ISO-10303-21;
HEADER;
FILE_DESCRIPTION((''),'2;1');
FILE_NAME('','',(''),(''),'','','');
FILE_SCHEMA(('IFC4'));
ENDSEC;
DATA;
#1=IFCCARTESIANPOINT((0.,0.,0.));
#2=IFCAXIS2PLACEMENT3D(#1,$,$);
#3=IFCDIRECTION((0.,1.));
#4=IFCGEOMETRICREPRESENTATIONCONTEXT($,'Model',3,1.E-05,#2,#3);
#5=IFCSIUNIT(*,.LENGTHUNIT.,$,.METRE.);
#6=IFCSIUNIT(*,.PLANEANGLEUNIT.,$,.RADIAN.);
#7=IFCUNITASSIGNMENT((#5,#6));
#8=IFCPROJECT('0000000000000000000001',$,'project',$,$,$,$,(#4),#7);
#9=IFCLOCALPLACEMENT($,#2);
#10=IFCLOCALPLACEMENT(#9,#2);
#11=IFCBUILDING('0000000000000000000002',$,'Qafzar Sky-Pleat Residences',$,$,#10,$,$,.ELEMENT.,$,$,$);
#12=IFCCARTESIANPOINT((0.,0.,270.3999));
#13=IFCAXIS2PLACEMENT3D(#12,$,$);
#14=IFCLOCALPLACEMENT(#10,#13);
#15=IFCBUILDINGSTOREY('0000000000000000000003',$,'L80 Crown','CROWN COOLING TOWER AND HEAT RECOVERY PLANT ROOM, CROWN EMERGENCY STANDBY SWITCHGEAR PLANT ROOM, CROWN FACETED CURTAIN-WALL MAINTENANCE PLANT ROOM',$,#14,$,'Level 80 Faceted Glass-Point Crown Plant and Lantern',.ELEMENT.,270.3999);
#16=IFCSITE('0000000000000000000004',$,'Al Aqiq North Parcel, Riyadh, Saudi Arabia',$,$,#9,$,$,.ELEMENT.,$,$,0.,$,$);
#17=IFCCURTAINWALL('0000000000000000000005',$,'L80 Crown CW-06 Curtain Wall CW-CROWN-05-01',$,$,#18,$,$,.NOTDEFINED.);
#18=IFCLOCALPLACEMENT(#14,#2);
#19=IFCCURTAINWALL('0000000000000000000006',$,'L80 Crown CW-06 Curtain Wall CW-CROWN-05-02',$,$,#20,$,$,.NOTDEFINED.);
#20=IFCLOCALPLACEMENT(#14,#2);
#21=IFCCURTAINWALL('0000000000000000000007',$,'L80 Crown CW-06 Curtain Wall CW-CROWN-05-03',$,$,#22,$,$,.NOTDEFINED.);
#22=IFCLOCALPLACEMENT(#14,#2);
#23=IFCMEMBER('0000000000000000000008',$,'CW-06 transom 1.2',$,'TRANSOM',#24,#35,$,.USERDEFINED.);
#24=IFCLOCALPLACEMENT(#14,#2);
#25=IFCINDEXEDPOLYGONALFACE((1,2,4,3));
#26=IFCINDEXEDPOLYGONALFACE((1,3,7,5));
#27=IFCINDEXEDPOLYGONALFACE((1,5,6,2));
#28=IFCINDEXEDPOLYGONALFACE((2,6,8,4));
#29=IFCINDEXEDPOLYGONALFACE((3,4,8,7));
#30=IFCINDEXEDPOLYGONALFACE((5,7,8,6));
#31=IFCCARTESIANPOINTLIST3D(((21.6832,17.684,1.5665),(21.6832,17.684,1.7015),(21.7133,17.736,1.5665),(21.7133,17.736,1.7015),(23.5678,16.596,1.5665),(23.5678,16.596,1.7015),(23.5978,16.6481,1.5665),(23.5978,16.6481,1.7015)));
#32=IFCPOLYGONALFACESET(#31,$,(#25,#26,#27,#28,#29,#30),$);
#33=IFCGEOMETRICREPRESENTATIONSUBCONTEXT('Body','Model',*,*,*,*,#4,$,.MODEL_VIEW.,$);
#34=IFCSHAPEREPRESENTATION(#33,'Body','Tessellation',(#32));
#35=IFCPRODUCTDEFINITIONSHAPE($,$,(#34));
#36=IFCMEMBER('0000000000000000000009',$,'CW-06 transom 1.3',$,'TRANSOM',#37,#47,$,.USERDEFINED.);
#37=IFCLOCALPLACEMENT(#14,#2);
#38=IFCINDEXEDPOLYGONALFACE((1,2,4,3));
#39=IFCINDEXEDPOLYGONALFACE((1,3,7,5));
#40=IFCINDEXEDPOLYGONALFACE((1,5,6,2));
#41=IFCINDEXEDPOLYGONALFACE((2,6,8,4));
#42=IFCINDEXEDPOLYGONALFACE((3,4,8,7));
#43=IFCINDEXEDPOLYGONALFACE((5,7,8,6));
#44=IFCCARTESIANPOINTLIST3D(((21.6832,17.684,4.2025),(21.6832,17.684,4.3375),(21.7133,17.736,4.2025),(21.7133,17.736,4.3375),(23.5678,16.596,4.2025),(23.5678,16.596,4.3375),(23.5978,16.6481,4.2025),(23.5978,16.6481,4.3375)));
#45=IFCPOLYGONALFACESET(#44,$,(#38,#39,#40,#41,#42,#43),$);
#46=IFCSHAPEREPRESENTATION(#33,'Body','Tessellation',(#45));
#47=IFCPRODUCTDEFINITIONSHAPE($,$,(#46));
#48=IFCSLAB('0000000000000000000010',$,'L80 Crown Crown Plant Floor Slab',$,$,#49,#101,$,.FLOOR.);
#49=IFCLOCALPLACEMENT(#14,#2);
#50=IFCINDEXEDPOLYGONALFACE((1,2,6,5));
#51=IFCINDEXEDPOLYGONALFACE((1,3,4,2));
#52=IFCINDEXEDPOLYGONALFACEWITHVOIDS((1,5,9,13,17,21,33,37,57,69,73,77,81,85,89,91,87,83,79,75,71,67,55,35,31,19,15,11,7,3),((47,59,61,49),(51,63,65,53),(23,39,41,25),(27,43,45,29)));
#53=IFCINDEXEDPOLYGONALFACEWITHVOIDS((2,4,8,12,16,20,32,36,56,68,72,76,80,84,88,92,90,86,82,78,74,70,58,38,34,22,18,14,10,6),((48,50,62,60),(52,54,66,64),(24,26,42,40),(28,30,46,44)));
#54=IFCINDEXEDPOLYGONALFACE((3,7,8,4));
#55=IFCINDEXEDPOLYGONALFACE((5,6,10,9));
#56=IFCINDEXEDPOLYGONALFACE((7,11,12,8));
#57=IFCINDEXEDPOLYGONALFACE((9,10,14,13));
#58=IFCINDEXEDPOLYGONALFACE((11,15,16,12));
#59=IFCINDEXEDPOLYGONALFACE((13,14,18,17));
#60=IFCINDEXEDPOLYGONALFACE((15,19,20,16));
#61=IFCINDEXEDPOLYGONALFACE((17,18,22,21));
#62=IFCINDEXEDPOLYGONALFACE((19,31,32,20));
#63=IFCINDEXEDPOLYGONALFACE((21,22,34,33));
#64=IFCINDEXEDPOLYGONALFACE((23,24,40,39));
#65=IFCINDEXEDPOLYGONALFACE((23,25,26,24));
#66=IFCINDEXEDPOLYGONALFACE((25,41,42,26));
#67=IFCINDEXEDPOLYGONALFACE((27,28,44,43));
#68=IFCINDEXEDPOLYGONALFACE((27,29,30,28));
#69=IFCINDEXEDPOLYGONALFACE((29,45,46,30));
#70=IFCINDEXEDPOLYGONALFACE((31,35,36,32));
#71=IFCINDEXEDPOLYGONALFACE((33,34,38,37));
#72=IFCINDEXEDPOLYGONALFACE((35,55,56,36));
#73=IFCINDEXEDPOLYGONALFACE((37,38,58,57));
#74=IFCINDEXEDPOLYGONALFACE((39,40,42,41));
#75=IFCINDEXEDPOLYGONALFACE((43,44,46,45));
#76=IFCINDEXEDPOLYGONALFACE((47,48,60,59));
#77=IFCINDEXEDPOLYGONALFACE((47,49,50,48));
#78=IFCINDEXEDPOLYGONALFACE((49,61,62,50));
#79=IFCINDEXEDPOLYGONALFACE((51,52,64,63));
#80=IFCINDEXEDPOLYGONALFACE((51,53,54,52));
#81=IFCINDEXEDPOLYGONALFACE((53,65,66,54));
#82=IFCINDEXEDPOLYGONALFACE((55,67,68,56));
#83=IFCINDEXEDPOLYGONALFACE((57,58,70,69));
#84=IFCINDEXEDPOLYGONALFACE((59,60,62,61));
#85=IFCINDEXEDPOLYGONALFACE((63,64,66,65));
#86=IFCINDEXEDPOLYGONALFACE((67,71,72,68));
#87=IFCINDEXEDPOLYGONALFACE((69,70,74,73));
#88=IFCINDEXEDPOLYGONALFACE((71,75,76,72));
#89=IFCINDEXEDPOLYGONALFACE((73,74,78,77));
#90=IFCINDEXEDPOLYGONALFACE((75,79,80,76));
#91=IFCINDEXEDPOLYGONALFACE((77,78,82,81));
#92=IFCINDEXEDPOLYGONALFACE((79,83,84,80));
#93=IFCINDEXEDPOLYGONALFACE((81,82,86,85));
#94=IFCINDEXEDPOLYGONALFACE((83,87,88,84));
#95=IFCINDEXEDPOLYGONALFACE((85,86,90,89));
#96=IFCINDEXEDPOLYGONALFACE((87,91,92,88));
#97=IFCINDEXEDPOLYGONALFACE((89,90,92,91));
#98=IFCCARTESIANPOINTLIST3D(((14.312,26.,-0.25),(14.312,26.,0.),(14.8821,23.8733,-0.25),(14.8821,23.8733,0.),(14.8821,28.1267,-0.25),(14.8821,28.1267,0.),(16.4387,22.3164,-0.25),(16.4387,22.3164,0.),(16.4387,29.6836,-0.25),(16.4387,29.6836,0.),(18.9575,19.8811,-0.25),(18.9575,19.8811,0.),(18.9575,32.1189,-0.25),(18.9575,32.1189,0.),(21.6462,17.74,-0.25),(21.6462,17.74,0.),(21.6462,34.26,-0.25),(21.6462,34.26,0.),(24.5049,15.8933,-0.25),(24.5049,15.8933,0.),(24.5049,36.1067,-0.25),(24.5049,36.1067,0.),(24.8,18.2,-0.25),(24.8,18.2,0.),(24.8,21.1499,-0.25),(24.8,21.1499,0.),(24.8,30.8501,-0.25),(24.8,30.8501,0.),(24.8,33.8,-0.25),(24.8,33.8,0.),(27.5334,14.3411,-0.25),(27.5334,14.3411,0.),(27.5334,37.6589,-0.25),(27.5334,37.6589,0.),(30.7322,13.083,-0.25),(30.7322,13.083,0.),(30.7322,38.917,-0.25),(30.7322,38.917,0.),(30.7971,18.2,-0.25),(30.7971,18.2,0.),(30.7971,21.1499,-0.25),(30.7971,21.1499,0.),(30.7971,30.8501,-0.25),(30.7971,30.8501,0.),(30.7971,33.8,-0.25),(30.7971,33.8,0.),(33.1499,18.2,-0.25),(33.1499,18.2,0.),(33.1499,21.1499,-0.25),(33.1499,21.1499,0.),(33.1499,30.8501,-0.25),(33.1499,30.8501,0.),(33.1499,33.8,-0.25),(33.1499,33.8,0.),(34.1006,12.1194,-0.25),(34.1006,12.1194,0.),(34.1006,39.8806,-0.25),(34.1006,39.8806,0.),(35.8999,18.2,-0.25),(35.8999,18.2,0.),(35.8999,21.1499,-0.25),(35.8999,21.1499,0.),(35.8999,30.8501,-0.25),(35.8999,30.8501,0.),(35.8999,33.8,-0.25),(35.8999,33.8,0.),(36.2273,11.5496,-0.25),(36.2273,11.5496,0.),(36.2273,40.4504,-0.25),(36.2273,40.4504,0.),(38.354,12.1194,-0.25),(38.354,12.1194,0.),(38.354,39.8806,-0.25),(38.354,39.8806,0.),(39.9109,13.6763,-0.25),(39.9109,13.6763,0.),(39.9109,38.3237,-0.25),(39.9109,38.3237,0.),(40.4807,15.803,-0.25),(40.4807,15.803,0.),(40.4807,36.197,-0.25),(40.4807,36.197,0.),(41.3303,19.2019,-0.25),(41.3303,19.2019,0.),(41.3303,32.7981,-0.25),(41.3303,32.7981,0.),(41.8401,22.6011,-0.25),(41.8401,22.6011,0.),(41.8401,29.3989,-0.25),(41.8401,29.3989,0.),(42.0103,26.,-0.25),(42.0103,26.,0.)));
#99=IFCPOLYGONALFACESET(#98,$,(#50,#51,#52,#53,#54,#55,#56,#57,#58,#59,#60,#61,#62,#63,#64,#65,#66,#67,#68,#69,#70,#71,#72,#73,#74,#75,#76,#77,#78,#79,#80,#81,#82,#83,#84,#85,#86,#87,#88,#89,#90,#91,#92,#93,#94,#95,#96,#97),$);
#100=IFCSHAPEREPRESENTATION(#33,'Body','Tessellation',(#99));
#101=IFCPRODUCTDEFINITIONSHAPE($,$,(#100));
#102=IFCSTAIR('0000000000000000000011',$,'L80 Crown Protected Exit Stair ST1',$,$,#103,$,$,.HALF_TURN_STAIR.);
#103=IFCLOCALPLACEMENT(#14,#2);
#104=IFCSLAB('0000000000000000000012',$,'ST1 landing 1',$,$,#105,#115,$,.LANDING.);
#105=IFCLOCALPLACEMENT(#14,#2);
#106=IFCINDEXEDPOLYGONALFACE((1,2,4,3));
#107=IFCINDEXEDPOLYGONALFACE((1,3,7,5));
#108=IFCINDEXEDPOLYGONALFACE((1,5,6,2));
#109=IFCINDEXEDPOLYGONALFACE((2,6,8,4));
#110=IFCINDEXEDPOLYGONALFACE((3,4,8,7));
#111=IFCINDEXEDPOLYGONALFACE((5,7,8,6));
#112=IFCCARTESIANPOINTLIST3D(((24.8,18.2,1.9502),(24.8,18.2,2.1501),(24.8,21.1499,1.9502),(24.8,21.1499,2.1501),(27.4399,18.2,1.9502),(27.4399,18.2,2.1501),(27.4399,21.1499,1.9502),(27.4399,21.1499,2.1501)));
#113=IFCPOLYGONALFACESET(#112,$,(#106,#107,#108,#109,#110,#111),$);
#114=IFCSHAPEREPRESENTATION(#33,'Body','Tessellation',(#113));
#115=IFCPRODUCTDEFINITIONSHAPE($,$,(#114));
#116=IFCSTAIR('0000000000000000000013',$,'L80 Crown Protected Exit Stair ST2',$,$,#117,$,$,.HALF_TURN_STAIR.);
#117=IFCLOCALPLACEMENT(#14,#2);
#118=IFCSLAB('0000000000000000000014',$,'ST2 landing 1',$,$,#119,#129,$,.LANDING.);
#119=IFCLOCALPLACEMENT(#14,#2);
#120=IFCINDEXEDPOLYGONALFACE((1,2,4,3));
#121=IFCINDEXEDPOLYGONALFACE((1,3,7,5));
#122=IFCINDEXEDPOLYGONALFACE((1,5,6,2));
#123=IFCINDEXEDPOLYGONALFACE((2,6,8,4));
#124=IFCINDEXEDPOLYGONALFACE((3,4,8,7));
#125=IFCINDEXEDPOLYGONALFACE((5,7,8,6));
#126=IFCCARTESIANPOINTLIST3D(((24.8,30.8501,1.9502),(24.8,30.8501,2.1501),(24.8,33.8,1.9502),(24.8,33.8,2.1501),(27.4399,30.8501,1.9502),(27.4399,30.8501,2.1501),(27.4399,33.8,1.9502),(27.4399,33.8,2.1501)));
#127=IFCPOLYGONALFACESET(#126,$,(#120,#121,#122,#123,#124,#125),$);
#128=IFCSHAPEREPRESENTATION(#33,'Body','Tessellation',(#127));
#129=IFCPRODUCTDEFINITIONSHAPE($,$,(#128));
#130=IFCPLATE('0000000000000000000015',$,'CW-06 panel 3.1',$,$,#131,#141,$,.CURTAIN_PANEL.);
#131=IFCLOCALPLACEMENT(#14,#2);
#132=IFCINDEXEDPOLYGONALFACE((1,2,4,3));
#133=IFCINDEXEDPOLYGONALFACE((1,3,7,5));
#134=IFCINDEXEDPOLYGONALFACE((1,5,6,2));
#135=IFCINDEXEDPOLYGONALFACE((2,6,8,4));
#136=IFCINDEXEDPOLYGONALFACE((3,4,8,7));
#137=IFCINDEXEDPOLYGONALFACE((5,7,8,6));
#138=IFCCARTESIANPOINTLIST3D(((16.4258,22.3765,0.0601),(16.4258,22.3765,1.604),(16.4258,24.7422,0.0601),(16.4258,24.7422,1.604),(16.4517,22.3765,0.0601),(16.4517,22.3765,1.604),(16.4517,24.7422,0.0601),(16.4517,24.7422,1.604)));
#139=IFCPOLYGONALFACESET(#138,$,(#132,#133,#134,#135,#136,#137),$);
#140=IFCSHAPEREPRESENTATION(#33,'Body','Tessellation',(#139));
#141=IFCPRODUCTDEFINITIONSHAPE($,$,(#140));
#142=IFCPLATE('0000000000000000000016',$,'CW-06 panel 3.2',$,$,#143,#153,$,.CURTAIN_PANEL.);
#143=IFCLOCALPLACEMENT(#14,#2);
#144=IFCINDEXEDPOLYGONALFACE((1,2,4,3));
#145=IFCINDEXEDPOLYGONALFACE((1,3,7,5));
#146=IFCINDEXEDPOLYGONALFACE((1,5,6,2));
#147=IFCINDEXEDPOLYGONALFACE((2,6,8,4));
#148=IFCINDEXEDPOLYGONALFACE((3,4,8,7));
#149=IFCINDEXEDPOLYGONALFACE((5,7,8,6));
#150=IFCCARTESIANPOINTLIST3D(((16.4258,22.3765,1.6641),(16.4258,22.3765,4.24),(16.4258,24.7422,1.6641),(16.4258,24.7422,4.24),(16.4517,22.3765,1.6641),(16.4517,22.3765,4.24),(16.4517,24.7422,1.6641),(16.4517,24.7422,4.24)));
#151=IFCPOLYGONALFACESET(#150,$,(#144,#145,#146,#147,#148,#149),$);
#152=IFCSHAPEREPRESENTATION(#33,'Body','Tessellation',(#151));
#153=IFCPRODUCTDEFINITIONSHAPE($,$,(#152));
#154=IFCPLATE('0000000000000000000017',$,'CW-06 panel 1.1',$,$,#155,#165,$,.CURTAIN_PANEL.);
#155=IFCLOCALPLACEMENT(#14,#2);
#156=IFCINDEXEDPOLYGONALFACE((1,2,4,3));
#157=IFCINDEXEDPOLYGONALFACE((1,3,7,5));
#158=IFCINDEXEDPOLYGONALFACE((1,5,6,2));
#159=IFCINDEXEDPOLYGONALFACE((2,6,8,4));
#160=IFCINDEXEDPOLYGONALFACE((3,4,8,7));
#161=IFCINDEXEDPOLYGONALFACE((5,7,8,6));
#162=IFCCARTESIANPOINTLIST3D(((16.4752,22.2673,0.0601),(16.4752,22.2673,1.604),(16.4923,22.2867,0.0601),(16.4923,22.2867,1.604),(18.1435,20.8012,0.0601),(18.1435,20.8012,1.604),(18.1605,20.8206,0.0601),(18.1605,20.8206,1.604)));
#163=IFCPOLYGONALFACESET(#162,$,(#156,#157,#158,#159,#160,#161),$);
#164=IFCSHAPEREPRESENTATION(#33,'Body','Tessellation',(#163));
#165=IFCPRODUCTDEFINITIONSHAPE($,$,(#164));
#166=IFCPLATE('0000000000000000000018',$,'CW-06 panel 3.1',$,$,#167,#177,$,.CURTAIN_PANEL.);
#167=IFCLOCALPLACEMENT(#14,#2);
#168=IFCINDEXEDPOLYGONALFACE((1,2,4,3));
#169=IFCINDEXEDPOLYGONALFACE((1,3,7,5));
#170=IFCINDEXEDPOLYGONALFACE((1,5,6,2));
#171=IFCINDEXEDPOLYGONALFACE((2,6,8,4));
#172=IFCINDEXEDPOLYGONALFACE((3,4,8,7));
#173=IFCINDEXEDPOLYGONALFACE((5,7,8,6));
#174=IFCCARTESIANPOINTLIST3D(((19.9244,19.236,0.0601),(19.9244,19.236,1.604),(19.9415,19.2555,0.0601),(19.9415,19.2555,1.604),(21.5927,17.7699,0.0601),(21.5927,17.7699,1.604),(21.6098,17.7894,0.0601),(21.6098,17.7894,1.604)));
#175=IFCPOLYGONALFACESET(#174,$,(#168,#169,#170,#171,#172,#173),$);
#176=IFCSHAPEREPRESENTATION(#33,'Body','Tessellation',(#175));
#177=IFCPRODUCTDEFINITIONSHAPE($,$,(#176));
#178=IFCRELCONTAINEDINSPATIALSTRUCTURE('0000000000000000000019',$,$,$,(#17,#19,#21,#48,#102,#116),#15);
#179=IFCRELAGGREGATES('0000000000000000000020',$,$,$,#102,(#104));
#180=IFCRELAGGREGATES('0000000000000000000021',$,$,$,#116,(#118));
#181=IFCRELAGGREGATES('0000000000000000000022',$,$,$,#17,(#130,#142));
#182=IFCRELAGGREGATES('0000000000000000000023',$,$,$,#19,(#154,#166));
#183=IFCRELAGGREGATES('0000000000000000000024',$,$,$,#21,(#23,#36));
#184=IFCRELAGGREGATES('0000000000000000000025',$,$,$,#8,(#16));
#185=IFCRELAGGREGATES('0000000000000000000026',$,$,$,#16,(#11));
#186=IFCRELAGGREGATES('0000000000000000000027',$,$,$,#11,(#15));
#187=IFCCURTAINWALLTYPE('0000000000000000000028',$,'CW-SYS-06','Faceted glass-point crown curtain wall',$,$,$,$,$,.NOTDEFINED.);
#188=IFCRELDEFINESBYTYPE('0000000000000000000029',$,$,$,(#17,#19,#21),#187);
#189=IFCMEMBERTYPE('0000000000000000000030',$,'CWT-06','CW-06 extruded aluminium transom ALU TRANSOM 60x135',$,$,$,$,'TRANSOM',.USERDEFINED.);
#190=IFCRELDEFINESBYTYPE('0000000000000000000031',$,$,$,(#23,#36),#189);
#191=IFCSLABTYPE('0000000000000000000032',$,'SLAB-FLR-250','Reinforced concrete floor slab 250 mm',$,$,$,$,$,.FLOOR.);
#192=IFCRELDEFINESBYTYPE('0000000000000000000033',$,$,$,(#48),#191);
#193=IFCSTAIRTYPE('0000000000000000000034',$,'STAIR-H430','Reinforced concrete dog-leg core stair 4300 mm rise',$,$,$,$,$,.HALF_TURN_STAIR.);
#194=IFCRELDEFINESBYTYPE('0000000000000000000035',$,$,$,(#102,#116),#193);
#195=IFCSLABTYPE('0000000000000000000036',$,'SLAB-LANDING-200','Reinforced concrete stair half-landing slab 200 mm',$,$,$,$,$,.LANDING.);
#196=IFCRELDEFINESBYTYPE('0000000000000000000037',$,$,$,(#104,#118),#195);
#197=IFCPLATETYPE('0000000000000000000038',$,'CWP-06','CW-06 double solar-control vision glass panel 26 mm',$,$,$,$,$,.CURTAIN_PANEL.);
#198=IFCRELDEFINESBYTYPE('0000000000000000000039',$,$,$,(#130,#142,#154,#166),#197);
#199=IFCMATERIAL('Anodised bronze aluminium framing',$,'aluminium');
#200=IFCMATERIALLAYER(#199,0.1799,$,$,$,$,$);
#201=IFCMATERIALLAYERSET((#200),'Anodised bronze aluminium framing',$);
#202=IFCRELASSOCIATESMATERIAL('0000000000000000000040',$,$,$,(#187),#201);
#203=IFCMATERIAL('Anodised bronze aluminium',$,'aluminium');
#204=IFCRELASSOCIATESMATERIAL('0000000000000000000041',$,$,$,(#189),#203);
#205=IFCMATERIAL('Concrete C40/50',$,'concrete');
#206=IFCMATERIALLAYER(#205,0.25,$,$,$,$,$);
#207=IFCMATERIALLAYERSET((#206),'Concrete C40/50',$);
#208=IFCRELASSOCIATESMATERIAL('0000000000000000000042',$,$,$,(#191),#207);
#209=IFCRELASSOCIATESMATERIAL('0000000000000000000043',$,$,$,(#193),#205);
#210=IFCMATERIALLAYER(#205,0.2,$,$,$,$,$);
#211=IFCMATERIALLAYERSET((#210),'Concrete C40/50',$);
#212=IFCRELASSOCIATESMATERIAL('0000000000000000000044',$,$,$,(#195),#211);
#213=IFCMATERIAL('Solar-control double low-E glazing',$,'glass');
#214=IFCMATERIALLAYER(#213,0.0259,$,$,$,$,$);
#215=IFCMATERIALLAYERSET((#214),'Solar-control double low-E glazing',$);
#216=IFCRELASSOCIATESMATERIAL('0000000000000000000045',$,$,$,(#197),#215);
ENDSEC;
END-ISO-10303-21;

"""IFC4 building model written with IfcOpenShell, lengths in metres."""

from ifc_helpers import new_model, si_unit, direction, frame, origin, origin_2d, place, context, subcontext, project, spatial, polyline, rectangle, outline, extrude, source, transform, mapped, material, layer, layer_set, material_profile, profile_set, type_object, element, aggregate, save


model = new_model("IFC4")

# Units and contexts
model_context = context("Model", 3, precision=1e-05, world=origin(), true_north=direction((0.0, 1.0)))
body_context = subcontext(model_context, "Body", "Model", "MODEL_VIEW")
ifc_project = project(units=[si_unit("LENGTHUNIT", "METRE"), si_unit("PLANEANGLEUNIT", "RADIAN")], contexts=[model_context])

# Site, building, storey
site_placement = place(None, origin())
site = spatial("IfcSite", under=ifc_project, at=site_placement, Name="Al Aqiq North Parcel, Riyadh, Saudi Arabia", CompositionType="ELEMENT", RefElevation=0.0)
building_placement = place(site_placement, origin())
building = spatial("IfcBuilding", under=site, at=building_placement, Name="Qafzar Sky-Pleat Residences", CompositionType="ELEMENT")
storey_placement = place(building_placement, frame((0.0, 0.0, 270.3999)))
storey = spatial("IfcBuildingStorey", under=building, at=storey_placement, Name="L80 Crown", Description="CROWN COOLING TOWER AND HEAT RECOVERY PLANT ROOM, CROWN EMERGENCY STANDBY SWITCHGEAR PLANT ROOM, CROWN FACETED CURTAIN-WALL MAINTENANCE PLANT ROOM", LongName="Level 80 Faceted Glass-Point Crown Plant and Lantern", CompositionType="ELEMENT", Elevation=270.3999)

# Curtain wall
ifc_material_1 = material(Name="Anodised bronze aluminium framing", Category="aluminium")
ifc_layer_1 = layer(ifc_material_1, 0.1799)
ifc_layer_set_1 = layer_set([ifc_layer_1], Name="Anodised bronze aluminium framing")
curtain_wall_type = type_object("IfcCurtainWallType", Name="CW-SYS-06", Description="Faceted glass-point crown curtain wall", PredefinedType="NOTDEFINED", material=ifc_layer_set_1)
curtain_wall_1_placement = place(storey_placement, origin())
curtain_wall_1 = element("IfcCurtainWall", 1, at=curtain_wall_1_placement, inside=storey, type_object=curtain_wall_type, Name="L80 Crown CW-06 Curtain Wall CW-CROWN-05-01", PredefinedType="NOTDEFINED")
ifc_material_2 = material(Name="Anodised bronze aluminium", Category="aluminium")

# Curtain wall
curtain_wall_2_placement = place(storey_placement, origin())
curtain_wall_2 = element("IfcCurtainWall", 2, at=curtain_wall_2_placement, inside=storey, type_object=curtain_wall_type, Name="L80 Crown CW-06 Curtain Wall CW-CROWN-05-02", PredefinedType="NOTDEFINED")

# Curtain wall
curtain_wall_3_placement = place(storey_placement, origin())
curtain_wall_3 = element("IfcCurtainWall", 3, at=curtain_wall_3_placement, inside=storey, type_object=curtain_wall_type, Name="L80 Crown CW-06 Curtain Wall CW-CROWN-05-03", PredefinedType="NOTDEFINED")

# Members
ifc_material_profile_1 = material_profile(ifc_material_2, rectangle(XDim=0.0601, YDim=0.135, at=origin_2d()), Name="ALU TRANSOM 60x135")
ifc_profile_set_1 = profile_set([ifc_material_profile_1], Name="Anodised bronze aluminium")
member_type_1 = type_object("IfcMemberType", Name="CWT-06", Description="CW-06 extruded aluminium transom ALU TRANSOM 60x135", ElementType="TRANSOM", PredefinedType="USERDEFINED", material=ifc_profile_set_1)
shared_shape_1 = source(origin(), body_context, "Body", "SweptSolid", [
    extrude(rectangle(XDim=0.0601, YDim=0.135, at=origin_2d()), origin(), (0.0, 0.0, 1.0), 2.176),
])
member_1_placement = place(storey_placement, frame((21.6982, 17.71, 1.634), z_axis=(0.866053, -0.499952, 0.0), x_axis=(0.499952, 0.866053, 0.0)))
member_1 = element("IfcMember", 4, at=member_1_placement, type_object=member_type_1, Name="CW-06 transom 1.2", ObjectType="TRANSOM", PredefinedType="USERDEFINED", context=body_context, shape_type="MappedRepresentation", body=[
    mapped(shared_shape_1, transform((0.0, 0.0, 0.0), x_axis=(1.0, 0.0, 0.0), y_axis=(0.0, 1.0, 0.0), z_axis=(0.0, 0.0, 1.0), scale=1.0)),
])
member_2_placement = place(storey_placement, frame((21.6982, 17.71, 4.27), z_axis=(0.866053, -0.499952, 0.0), x_axis=(0.499952, 0.866053, 0.0)))
member_2 = element("IfcMember", 5, at=member_2_placement, type_object=member_type_1, Name="CW-06 transom 1.3", ObjectType="TRANSOM", PredefinedType="USERDEFINED", context=body_context, shape_type="MappedRepresentation", body=[
    mapped(shared_shape_1, transform((0.0, 0.0, 0.0), x_axis=(1.0, 0.0, 0.0), y_axis=(0.0, 1.0, 0.0), z_axis=(0.0, 0.0, 1.0), scale=1.0)),
])

# Slab
ifc_material_3 = material(Name="Concrete C40/50", Category="concrete")
ifc_layer_2 = layer(ifc_material_3, 0.25)
ifc_layer_set_2 = layer_set([ifc_layer_2], Name="Concrete C40/50")
slab_type_1 = type_object("IfcSlabType", Name="SLAB-FLR-250", Description="Reinforced concrete floor slab 250 mm", PredefinedType="FLOOR", material=ifc_layer_set_2)
slab_1_placement = place(storey_placement, frame((0.0, 0.0, -0.25)))
element("IfcSlab", 6, at=slab_1_placement, inside=storey, type_object=slab_type_1, Name="L80 Crown Crown Plant Floor Slab", PredefinedType="FLOOR", context=body_context, shape_type="SweptSolid", body=[
    extrude(outline(polyline([(16.4387, 29.6836), (14.8821, 28.1267), (14.312, 26.0), (14.8821, 23.8733), (16.4387, 22.3164), (18.9575, 19.8811), (21.6462, 17.74), (24.5049, 15.8933), (27.5334, 14.3411), (30.7322, 13.083), (34.1006, 12.1194), (36.2273, 11.5496), (38.354, 12.1194), (39.9109, 13.6763), (40.4807, 15.803), (41.3303, 19.2019), (41.8401, 22.6011), (42.0103, 26.0), (41.8401, 29.3989), (41.3303, 32.7981), (40.4807, 36.197), (39.9109, 38.3237), (38.354, 39.8806), (36.2273, 40.4504), (34.1006, 39.8806), (30.7322, 38.917), (27.5334, 37.6589), (24.5049, 36.1067), (21.6462, 34.26), (18.9575, 32.1189), (16.4387, 29.6836)]), holes=[polyline([(30.7971, 21.1499), (24.8, 21.1499), (24.8, 18.2), (30.7971, 18.2), (30.7971, 21.1499)]), polyline([(30.7971, 33.8), (24.8, 33.8), (24.8, 30.8501), (30.7971, 30.8501), (30.7971, 33.8)]), polyline([(33.1499, 18.2), (35.8999, 18.2), (35.8999, 21.1499), (33.1499, 21.1499), (33.1499, 18.2)]), polyline([(33.1499, 30.8501), (35.8999, 30.8501), (35.8999, 33.8), (33.1499, 33.8), (33.1499, 30.8501)])]), origin(), (0.0, 0.0, 1.0), 0.25),
])

# Stairs, slabs
stair_type = type_object("IfcStairType", Name="STAIR-H430", Description="Reinforced concrete dog-leg core stair 4300 mm rise", PredefinedType="HALF_TURN_STAIR", material=ifc_material_3)
stair_1_placement = place(storey_placement, origin())
stair_1 = element("IfcStair", 7, at=stair_1_placement, inside=storey, type_object=stair_type, Name="L80 Crown Protected Exit Stair ST1", PredefinedType="HALF_TURN_STAIR")
ifc_layer_3 = layer(ifc_material_3, 0.2)
ifc_layer_set_3 = layer_set([ifc_layer_3], Name="Concrete C40/50")
slab_type_2 = type_object("IfcSlabType", Name="SLAB-LANDING-200", Description="Reinforced concrete stair half-landing slab 200 mm", PredefinedType="LANDING", material=ifc_layer_set_3)
slab_2_placement = place(storey_placement, frame((0.0, 0.0, 1.9502)))
slab_2 = element("IfcSlab", 8, at=slab_2_placement, type_object=slab_type_2, Name="ST1 landing 1", PredefinedType="LANDING", context=body_context, shape_type="SweptSolid", body=[
    extrude(outline(polyline([(27.4399, 21.1499), (24.8, 21.1499), (24.8, 18.2), (27.4399, 18.2), (27.4399, 21.1499)])), origin(), (0.0, 0.0, 1.0), 0.2),
])
aggregate(stair_1, [slab_2])
stair_2_placement = place(storey_placement, origin())
stair_2 = element("IfcStair", 9, at=stair_2_placement, inside=storey, type_object=stair_type, Name="L80 Crown Protected Exit Stair ST2", PredefinedType="HALF_TURN_STAIR")
slab_3_placement = place(storey_placement, frame((0.0, 0.0, 1.9502)))
slab_3 = element("IfcSlab", 10, at=slab_3_placement, type_object=slab_type_2, Name="ST2 landing 1", PredefinedType="LANDING", context=body_context, shape_type="SweptSolid", body=[
    extrude(outline(polyline([(27.4399, 33.8), (24.8, 33.8), (24.8, 30.8501), (27.4399, 30.8501), (27.4399, 33.8)])), origin(), (0.0, 0.0, 1.0), 0.2),
])
aggregate(stair_2, [slab_3])

# Plates
ifc_material_4 = material(Name="Solar-control double low-E glazing", Category="glass")
ifc_layer_4 = layer(ifc_material_4, 0.0259)
ifc_layer_set_4 = layer_set([ifc_layer_4], Name="Solar-control double low-E glazing")
plate_type = type_object("IfcPlateType", Name="CWP-06", Description="CW-06 double solar-control vision glass panel 26 mm", PredefinedType="CURTAIN_PANEL", material=ifc_layer_set_4)
shared_shape_2 = source(origin(), body_context, "Body", "SweptSolid", [
    extrude(rectangle(XDim=2.3657, YDim=0.0259, at=origin_2d()), origin(), (0.0, 0.0, 1.0), 1.5439),
])
plate_1_placement = place(storey_placement, frame((16.4387, 23.5593, 0.0601), z_axis=(0.0, 0.0, 1.0), x_axis=(0.0, -1.0, 0.0)))
plate_1 = element("IfcPlate", 11, at=plate_1_placement, type_object=plate_type, Name="CW-06 panel 3.1", PredefinedType="CURTAIN_PANEL", context=body_context, shape_type="MappedRepresentation", body=[
    mapped(shared_shape_2, transform((0.0, 0.0, 0.0), x_axis=(1.0, 0.0, 0.0), y_axis=(0.0, 1.0, 0.0), z_axis=(0.0, 0.0, 1.0), scale=1.0)),
])
shared_shape_3 = source(origin(), body_context, "Body", "SweptSolid", [
    extrude(rectangle(XDim=2.3657, YDim=0.0259, at=origin_2d()), origin(), (0.0, 0.0, 1.0), 2.5759),
])
plate_2_placement = place(storey_placement, frame((16.4387, 23.5593, 1.6641), z_axis=(0.0, 0.0, 1.0), x_axis=(0.0, -1.0, 0.0)))
plate_2 = element("IfcPlate", 12, at=plate_2_placement, type_object=plate_type, Name="CW-06 panel 3.2", PredefinedType="CURTAIN_PANEL", context=body_context, shape_type="MappedRepresentation", body=[
    mapped(shared_shape_3, transform((0.0, 0.0, 0.0), x_axis=(1.0, 0.0, 0.0), y_axis=(0.0, 1.0, 0.0), z_axis=(0.0, 0.0, 1.0), scale=1.0)),
])
aggregate(curtain_wall_1, [plate_1, plate_2])
shared_shape_4 = source(origin(), body_context, "Body", "SweptSolid", [
    extrude(rectangle(XDim=2.2209, YDim=0.0259, at=origin_2d()), origin(), (0.0, 0.0, 1.0), 1.5439),
])
plate_3_placement = place(storey_placement, frame((17.3179, 21.5439, 0.0601), z_axis=(0.0, 0.0, 1.0), x_axis=(0.75115, -0.660132, 0.0)))
plate_3 = element("IfcPlate", 13, at=plate_3_placement, type_object=plate_type, Name="CW-06 panel 1.1", PredefinedType="CURTAIN_PANEL", context=body_context, shape_type="MappedRepresentation", body=[
    mapped(shared_shape_4, transform((0.0, 0.0, 0.0), x_axis=(1.0, 0.0, 0.0), y_axis=(0.0, 1.0, 0.0), z_axis=(0.0, 0.0, 1.0), scale=1.0)),
])
plate_4_placement = place(storey_placement, frame((20.7671, 18.5127, 0.0601), z_axis=(0.0, 0.0, 1.0), x_axis=(0.75115, -0.660132, 0.0)))
plate_4 = element("IfcPlate", 14, at=plate_4_placement, type_object=plate_type, Name="CW-06 panel 3.1", PredefinedType="CURTAIN_PANEL", context=body_context, shape_type="MappedRepresentation", body=[
    mapped(shared_shape_4, transform((0.0, 0.0, 0.0), x_axis=(1.0, 0.0, 0.0), y_axis=(0.0, 1.0, 0.0), z_axis=(0.0, 0.0, 1.0), scale=1.0)),
])
aggregate(curtain_wall_2, [plate_3, plate_4])
aggregate(curtain_wall_3, [member_1, member_2])

save(model, "model.ifc")
